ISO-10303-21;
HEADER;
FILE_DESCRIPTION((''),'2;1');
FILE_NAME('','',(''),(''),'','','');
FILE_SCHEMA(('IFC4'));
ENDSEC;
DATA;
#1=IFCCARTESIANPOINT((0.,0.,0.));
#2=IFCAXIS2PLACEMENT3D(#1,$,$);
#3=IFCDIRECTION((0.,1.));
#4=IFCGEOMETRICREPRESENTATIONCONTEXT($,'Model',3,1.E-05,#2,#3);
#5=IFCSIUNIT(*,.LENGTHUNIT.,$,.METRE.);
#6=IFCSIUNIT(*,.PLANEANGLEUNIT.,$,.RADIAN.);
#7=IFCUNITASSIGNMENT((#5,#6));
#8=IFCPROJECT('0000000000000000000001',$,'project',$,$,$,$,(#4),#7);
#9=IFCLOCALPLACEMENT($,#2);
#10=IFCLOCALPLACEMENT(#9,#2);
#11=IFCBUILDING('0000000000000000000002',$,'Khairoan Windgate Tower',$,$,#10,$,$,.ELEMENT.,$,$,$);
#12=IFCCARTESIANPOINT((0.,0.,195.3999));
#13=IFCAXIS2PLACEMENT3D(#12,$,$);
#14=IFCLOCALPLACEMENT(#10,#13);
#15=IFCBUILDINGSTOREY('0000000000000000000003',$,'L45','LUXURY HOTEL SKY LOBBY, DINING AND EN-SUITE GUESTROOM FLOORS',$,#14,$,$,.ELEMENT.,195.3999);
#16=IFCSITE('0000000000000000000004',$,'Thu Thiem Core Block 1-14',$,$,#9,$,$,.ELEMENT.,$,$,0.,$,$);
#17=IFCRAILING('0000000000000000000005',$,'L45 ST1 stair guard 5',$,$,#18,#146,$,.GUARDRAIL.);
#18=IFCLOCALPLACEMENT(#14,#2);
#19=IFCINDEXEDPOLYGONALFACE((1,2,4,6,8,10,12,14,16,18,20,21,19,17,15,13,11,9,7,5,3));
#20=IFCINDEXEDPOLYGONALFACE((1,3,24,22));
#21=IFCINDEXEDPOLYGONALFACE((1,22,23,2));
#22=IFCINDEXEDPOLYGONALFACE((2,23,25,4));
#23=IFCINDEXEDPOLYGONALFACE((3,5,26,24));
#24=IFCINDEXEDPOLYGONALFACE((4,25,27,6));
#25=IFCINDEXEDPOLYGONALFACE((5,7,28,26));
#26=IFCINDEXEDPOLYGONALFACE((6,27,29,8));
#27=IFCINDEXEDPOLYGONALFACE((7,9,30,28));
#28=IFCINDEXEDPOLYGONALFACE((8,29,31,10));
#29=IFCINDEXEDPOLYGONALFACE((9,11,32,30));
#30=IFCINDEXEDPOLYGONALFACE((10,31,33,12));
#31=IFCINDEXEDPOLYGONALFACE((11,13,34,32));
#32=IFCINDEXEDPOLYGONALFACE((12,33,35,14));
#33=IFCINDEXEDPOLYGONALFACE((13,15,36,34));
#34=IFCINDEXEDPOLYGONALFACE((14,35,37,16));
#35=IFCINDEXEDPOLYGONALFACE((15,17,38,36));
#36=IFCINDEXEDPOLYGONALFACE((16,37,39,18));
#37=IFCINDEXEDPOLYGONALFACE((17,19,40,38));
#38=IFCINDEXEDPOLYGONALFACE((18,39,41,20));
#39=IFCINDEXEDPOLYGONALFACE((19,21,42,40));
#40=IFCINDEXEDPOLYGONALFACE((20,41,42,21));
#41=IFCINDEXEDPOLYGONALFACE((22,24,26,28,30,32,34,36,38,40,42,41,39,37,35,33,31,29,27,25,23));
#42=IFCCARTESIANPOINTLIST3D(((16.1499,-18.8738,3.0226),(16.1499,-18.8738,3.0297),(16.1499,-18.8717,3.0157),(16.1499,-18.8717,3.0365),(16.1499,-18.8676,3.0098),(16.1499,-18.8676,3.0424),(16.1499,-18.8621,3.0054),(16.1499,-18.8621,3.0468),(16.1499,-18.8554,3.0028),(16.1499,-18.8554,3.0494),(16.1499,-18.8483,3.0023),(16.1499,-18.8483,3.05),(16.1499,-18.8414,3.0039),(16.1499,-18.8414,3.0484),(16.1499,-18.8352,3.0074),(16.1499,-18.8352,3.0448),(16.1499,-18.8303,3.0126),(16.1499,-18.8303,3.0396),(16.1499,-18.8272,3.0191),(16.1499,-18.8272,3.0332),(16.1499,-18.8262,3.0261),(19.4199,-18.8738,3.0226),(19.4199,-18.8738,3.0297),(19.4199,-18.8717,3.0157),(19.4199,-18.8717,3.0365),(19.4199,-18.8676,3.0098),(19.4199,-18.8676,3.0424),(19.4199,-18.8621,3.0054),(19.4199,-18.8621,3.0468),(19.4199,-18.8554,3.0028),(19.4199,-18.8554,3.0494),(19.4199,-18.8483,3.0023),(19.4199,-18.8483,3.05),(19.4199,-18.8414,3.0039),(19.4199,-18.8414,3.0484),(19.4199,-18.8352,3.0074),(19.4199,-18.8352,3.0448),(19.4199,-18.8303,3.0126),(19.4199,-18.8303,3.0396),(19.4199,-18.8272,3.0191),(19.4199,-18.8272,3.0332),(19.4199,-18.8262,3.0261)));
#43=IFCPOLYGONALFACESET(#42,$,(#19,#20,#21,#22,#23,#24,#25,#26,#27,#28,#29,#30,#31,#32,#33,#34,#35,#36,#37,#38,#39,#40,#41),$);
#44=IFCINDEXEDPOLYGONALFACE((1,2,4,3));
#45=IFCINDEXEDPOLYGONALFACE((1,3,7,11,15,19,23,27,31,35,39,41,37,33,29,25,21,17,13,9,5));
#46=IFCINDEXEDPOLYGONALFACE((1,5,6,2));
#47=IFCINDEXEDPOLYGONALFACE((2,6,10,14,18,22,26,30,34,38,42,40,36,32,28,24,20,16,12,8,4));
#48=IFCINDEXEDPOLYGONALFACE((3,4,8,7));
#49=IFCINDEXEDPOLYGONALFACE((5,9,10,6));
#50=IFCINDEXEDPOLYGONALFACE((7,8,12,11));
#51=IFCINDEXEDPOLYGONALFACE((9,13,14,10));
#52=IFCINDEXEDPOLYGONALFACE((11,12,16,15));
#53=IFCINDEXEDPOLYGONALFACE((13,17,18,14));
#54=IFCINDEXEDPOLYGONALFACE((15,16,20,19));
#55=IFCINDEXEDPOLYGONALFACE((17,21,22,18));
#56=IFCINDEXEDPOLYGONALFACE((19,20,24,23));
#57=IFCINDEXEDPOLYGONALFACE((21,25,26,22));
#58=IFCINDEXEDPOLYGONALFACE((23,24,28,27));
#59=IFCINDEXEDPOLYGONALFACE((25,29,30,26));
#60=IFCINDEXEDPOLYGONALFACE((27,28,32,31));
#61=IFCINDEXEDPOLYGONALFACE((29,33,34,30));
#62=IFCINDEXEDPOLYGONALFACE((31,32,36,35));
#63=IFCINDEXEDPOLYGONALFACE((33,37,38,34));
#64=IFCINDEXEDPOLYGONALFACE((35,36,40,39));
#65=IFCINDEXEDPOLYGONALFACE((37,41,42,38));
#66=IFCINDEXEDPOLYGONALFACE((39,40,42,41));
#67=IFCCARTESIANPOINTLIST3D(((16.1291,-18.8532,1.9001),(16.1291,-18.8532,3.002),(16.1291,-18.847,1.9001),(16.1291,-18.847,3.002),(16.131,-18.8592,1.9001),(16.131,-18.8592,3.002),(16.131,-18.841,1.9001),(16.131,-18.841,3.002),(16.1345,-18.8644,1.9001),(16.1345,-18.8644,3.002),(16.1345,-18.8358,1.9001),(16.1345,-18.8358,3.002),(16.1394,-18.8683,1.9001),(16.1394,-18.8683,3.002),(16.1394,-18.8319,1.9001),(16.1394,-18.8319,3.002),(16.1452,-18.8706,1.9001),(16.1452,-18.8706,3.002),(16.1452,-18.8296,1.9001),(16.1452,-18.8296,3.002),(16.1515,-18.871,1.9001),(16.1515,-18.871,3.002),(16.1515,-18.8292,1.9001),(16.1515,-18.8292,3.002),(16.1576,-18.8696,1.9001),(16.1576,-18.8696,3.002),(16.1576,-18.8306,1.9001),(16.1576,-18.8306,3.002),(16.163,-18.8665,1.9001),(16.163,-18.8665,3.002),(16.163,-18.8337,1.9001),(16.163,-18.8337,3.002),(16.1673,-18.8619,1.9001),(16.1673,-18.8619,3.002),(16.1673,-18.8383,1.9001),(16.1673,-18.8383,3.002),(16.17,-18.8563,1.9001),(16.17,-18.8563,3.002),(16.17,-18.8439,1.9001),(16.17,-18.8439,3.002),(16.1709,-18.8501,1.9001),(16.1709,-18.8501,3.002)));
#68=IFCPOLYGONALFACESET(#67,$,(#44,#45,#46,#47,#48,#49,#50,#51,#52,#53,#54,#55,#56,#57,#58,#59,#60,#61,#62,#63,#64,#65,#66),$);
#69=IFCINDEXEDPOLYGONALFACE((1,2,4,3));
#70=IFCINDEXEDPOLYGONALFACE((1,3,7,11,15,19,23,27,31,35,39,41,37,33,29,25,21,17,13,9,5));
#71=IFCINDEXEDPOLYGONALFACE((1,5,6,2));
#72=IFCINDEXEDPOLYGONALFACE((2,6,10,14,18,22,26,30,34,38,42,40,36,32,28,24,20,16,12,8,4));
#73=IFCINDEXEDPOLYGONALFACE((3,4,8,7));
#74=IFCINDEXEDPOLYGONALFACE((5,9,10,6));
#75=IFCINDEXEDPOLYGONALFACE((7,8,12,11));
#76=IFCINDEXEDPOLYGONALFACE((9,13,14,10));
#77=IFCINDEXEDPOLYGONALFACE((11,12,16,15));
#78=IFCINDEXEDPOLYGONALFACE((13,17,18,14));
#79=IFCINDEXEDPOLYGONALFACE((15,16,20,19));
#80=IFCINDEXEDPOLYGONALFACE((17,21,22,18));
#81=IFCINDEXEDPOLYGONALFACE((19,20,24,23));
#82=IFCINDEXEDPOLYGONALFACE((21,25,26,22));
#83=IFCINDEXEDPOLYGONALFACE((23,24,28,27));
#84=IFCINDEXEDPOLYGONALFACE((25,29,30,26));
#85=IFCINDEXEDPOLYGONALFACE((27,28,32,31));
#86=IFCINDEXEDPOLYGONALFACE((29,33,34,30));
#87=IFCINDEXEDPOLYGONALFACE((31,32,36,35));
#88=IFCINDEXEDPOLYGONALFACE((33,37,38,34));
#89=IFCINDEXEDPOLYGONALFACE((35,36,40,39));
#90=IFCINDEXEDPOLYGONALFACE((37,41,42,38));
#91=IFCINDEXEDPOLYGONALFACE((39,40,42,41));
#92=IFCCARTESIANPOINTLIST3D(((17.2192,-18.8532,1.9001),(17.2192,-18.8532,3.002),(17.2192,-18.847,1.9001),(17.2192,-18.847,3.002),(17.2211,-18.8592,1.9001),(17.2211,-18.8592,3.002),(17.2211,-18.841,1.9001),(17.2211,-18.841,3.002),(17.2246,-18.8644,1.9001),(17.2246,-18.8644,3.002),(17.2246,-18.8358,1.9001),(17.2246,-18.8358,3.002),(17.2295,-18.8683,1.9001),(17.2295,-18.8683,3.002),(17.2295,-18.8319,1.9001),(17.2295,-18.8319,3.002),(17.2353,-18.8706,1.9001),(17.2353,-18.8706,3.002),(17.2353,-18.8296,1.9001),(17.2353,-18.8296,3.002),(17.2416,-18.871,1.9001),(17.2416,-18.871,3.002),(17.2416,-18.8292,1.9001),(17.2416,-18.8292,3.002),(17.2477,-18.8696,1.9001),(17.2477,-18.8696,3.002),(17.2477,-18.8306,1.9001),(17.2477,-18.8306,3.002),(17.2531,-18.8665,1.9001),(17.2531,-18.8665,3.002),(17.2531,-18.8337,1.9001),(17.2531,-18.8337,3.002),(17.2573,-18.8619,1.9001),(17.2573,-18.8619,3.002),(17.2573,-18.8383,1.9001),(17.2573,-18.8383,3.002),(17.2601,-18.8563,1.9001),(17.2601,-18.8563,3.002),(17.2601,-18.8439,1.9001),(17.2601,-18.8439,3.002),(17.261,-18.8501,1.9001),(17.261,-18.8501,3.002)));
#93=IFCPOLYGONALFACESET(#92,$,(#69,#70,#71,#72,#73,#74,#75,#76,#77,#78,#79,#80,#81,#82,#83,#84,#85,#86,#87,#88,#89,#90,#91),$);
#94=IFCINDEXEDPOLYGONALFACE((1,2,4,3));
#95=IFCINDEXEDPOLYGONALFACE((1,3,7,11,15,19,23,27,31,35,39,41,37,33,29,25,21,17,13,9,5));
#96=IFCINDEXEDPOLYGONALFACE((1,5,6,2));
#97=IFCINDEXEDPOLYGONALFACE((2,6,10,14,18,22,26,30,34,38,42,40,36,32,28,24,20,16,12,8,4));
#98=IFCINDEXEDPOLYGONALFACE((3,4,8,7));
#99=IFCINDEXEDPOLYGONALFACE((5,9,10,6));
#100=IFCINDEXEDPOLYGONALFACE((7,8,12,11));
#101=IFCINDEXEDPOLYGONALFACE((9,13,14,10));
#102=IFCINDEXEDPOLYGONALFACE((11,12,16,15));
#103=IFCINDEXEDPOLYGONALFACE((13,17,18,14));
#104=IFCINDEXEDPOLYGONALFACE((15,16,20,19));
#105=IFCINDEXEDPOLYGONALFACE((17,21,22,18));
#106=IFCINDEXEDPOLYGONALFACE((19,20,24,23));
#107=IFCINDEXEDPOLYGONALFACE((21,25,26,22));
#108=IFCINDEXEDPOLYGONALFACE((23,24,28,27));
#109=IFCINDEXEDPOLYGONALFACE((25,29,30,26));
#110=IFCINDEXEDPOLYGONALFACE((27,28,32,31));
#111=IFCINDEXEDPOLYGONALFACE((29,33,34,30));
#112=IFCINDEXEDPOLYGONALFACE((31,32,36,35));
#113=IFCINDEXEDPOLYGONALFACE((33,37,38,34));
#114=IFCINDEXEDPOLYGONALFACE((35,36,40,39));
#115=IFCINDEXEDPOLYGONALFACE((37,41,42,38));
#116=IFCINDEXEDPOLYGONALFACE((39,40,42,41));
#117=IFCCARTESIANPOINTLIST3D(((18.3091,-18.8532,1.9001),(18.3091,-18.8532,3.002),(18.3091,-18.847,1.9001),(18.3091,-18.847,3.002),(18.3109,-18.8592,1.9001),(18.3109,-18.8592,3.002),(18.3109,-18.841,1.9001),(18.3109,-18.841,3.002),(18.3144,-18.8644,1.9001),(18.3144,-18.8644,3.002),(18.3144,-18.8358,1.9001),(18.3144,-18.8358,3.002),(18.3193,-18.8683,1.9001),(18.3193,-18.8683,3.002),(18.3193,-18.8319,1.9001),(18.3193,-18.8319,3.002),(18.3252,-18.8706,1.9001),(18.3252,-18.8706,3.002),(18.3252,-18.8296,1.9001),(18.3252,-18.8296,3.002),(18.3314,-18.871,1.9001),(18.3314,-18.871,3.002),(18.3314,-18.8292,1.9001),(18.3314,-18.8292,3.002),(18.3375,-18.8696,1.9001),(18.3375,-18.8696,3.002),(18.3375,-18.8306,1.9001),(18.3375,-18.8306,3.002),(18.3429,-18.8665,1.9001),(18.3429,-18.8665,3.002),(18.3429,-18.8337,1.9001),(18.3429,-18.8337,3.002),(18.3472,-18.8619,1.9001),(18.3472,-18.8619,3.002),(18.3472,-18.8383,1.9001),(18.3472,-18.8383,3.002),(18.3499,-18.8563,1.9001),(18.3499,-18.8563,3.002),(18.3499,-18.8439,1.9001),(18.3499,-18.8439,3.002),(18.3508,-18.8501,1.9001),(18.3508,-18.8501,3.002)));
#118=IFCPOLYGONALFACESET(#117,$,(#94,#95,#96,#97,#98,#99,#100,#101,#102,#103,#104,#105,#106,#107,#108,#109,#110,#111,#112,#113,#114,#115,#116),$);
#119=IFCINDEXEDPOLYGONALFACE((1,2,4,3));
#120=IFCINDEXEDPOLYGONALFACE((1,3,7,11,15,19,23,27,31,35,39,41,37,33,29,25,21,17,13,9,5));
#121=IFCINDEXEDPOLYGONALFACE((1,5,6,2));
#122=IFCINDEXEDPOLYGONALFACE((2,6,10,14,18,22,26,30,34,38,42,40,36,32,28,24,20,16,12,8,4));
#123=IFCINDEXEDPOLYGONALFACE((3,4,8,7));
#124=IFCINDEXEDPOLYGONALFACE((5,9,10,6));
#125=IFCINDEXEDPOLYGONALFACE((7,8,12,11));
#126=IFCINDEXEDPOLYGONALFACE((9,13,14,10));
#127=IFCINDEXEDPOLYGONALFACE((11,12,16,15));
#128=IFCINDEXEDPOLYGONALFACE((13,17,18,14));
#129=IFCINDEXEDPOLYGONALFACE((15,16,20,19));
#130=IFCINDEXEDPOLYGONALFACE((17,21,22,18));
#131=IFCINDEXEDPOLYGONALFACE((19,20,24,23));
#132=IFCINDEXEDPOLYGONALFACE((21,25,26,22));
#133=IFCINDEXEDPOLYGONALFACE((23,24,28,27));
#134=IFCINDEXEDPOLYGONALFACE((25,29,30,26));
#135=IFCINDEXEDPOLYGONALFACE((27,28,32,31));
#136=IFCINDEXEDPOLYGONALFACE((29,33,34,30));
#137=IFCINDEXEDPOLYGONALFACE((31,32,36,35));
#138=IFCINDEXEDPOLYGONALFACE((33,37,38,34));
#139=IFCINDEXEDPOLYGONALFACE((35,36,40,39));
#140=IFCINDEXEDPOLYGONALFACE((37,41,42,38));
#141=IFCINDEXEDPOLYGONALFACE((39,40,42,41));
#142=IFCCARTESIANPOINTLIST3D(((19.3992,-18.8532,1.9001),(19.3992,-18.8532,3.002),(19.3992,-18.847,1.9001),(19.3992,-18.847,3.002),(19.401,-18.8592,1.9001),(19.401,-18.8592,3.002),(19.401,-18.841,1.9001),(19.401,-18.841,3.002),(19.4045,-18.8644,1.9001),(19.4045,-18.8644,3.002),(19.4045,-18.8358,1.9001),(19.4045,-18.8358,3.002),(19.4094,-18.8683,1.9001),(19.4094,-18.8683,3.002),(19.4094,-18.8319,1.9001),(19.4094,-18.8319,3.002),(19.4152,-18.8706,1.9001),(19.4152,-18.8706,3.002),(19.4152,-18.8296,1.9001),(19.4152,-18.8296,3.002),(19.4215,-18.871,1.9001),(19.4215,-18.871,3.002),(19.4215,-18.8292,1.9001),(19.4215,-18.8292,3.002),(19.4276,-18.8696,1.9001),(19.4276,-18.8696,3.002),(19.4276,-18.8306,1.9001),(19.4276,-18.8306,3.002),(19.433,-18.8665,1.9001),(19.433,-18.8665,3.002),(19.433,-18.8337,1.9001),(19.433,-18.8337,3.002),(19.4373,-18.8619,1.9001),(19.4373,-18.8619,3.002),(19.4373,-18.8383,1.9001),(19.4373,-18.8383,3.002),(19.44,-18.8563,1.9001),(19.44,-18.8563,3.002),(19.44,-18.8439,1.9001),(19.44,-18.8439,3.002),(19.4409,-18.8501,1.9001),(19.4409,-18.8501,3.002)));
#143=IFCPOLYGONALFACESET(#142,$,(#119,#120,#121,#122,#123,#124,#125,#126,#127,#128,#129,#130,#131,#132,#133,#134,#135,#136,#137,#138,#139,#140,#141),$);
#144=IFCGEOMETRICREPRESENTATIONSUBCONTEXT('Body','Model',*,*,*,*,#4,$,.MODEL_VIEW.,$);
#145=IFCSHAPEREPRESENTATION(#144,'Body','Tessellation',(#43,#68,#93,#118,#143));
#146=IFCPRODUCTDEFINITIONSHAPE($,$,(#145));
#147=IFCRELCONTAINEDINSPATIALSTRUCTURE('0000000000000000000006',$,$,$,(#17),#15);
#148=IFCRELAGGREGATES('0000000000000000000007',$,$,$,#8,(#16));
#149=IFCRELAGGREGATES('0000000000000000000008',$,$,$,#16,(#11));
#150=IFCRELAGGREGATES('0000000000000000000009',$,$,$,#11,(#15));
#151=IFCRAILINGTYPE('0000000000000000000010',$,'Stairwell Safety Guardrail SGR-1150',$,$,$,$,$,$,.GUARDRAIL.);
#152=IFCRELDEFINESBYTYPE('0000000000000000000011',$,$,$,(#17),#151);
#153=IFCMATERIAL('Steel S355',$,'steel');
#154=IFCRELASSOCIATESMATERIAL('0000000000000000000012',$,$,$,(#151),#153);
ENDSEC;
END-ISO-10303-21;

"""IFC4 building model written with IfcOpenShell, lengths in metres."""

from ifc_helpers import new_model, si_unit, direction, frame, origin, origin_2d, place, context, subcontext, project, spatial, circle, extrude, material, type_object, element, save


model = new_model("IFC4")

# Units and contexts
model_context = context("Model", 3, precision=1e-05, world=origin(), true_north=direction((0.0, 1.0)))
body_context = subcontext(model_context, "Body", "Model", "MODEL_VIEW")
ifc_project = project(units=[si_unit("LENGTHUNIT", "METRE"), si_unit("PLANEANGLEUNIT", "RADIAN")], contexts=[model_context])

# Site, building, storey
site_placement = place(None, origin())
site = spatial("IfcSite", under=ifc_project, at=site_placement, Name="Thu Thiem Core Block 1-14", CompositionType="ELEMENT", RefElevation=0.0)
building_placement = place(site_placement, origin())
building = spatial("IfcBuilding", under=site, at=building_placement, Name="Khairoan Windgate Tower", CompositionType="ELEMENT")
storey_placement = place(building_placement, frame((0.0, 0.0, 195.3999)))
storey = spatial("IfcBuildingStorey", under=building, at=storey_placement, Name="L45", Description="LUXURY HOTEL SKY LOBBY, DINING AND EN-SUITE GUESTROOM FLOORS", CompositionType="ELEMENT", Elevation=195.3999)

# Railing
ifc_material_1 = material(Name="Steel S355", Category="steel")
railing_type_1 = type_object("IfcRailingType", Name="Stairwell Safety Guardrail SGR-1150", PredefinedType="GUARDRAIL", material=ifc_material_1)
railing_1_placement = place(storey_placement, frame((16.1499, -18.8501, 1.9001)))
element("IfcRailing", 1, at=railing_1_placement, inside=storey, type_object=railing_type_1, Name="L45 ST1 stair guard 5", PredefinedType="GUARDRAIL", context=body_context, shape_type="SweptSolid", body=[
    extrude(circle(Radius=0.0239, at=origin_2d()), frame((0.0, 0.0, 1.126), z_axis=(1.0, 0.0, 0.0), x_axis=(0.0, 1.0, 0.0)), (0.0, 0.0, 1.0), 3.27),
    extrude(circle(Radius=0.021, at=origin_2d()), origin(), (0.0, 0.0, 1.0), 1.1018),
    extrude(circle(Radius=0.021, at=origin_2d()), frame((1.0901, 0.0, 0.0)), (0.0, 0.0, 1.0), 1.1018),
    extrude(circle(Radius=0.021, at=origin_2d()), frame((2.1799, 0.0, 0.0)), (0.0, 0.0, 1.0), 1.1018),
    extrude(circle(Radius=0.021, at=origin_2d()), frame((3.27, 0.0, 0.0)), (0.0, 0.0, 1.0), 1.1018),
])

save(model, "model.ifc")
